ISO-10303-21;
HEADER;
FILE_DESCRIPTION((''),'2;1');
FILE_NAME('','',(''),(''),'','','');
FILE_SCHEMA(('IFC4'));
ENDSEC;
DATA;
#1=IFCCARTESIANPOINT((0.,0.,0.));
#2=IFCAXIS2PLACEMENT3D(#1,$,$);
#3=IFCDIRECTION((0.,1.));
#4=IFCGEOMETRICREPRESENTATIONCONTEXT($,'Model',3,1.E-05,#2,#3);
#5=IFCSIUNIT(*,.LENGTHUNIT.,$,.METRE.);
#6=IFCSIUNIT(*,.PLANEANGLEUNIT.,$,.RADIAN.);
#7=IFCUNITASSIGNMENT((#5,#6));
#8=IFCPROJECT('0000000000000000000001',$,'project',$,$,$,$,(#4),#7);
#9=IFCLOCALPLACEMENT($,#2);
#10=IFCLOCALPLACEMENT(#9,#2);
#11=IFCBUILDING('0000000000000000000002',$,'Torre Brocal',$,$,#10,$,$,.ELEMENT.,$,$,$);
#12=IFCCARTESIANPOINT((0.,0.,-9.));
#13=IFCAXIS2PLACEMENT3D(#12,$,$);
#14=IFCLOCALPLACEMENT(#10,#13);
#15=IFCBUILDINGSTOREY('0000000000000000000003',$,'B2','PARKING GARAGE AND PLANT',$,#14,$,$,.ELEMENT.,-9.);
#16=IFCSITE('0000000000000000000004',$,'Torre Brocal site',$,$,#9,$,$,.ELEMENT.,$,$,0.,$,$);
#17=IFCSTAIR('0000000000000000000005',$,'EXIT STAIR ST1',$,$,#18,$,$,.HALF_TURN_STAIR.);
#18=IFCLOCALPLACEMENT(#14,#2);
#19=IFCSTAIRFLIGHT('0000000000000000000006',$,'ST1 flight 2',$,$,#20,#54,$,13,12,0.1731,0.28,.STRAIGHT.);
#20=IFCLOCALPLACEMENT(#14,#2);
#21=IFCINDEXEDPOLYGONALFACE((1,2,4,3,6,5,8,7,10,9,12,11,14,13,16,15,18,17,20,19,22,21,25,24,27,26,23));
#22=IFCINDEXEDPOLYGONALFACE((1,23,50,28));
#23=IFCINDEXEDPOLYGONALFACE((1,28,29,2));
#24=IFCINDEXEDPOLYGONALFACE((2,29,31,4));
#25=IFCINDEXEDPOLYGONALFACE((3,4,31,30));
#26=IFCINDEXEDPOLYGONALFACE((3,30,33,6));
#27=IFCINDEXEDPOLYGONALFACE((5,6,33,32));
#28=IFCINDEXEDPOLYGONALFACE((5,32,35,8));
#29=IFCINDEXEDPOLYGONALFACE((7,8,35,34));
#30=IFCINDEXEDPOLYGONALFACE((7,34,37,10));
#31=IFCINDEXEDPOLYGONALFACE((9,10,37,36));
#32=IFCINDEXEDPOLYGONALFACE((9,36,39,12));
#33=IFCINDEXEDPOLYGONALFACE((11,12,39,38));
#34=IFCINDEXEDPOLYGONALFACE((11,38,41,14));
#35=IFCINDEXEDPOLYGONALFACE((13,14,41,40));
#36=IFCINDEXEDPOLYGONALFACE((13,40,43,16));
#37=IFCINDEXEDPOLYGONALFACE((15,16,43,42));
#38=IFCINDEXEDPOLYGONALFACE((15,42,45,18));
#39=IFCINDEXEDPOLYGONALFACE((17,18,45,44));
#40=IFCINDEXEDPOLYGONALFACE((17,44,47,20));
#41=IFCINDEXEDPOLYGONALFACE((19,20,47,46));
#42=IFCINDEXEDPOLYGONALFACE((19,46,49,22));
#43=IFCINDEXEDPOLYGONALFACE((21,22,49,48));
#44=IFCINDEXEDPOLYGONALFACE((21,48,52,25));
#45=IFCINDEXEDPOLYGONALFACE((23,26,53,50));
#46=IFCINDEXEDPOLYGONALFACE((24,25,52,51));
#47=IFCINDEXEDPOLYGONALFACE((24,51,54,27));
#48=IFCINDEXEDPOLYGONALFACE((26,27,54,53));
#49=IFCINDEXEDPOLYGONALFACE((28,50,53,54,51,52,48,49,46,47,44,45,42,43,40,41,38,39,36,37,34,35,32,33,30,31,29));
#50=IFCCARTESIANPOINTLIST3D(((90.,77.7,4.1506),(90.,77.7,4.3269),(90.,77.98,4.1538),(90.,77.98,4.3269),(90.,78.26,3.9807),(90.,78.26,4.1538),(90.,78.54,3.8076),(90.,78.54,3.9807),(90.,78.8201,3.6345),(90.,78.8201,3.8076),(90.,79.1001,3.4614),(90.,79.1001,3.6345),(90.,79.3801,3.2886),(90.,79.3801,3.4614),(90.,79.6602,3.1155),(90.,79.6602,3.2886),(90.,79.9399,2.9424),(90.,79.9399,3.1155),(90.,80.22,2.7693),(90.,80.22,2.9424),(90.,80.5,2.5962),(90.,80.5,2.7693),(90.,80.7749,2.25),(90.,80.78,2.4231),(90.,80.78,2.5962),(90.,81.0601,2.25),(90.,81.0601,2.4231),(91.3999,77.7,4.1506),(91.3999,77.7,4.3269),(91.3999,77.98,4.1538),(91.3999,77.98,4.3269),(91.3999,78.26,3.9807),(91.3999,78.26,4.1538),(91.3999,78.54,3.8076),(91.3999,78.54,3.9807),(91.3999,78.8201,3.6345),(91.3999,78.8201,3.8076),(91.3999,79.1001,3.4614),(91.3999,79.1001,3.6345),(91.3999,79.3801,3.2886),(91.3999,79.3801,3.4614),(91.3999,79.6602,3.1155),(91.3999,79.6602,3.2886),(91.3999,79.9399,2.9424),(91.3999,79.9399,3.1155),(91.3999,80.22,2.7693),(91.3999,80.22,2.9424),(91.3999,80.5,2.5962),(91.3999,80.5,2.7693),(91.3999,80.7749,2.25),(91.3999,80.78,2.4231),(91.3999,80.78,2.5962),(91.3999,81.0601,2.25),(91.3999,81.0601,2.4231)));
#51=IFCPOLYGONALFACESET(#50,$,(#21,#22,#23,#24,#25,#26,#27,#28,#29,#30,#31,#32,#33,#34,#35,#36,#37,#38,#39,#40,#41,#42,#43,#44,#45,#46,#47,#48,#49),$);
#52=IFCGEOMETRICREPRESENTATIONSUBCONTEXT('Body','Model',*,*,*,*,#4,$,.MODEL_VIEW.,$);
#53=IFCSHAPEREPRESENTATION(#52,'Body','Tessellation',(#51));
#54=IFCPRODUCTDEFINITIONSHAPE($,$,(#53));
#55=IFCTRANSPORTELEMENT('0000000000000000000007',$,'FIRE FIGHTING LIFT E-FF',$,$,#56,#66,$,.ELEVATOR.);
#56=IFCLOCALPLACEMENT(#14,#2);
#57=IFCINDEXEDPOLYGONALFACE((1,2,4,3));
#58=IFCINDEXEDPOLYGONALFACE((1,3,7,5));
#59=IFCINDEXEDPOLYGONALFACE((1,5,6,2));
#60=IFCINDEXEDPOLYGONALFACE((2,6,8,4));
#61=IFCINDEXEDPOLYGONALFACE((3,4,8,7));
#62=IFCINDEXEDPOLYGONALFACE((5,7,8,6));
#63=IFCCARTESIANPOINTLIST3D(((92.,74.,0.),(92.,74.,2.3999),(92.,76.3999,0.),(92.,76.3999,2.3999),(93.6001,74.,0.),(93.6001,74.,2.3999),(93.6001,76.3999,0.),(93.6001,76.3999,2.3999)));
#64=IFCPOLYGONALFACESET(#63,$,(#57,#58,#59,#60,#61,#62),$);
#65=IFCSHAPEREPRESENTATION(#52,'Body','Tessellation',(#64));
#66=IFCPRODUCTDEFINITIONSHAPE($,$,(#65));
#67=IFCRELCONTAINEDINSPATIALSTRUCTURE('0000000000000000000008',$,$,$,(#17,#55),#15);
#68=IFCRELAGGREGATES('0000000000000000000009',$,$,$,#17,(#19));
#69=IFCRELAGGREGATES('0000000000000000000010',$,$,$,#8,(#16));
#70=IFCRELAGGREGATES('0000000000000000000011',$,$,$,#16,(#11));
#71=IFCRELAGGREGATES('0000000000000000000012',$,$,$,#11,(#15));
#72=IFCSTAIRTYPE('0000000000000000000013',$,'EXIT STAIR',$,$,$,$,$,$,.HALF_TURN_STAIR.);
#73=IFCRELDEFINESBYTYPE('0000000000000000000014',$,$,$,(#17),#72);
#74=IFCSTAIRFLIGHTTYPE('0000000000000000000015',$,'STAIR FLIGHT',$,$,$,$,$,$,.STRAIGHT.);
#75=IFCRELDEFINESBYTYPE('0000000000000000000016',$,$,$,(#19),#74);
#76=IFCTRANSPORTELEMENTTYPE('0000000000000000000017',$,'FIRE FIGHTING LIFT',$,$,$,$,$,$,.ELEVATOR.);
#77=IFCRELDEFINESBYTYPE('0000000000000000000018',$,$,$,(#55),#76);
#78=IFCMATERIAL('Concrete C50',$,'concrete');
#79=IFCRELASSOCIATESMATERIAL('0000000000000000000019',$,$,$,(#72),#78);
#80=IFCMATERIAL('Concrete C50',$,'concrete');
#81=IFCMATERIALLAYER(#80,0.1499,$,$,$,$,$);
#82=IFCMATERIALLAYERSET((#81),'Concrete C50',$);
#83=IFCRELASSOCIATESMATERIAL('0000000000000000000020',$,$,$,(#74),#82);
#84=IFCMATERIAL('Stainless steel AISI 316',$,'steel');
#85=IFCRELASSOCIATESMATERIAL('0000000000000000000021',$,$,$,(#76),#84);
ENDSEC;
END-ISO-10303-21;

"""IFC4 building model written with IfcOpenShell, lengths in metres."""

from ifc_helpers import new_model, si_unit, direction, frame, origin, origin_2d, place, context, subcontext, project, spatial, polyline, rectangle, outline, extrude, material, layer, layer_set, type_object, element, aggregate, save


model = new_model("IFC4")

# Units and contexts
model_context = context("Model", 3, precision=1e-05, world=origin(), true_north=direction((0.0, 1.0)))
body_context = subcontext(model_context, "Body", "Model", "MODEL_VIEW")
ifc_project = project(units=[si_unit("LENGTHUNIT", "METRE"), si_unit("PLANEANGLEUNIT", "RADIAN")], contexts=[model_context])

# Site, building, storey
site_placement = place(None, origin())
site = spatial("IfcSite", under=ifc_project, at=site_placement, Name="Torre Brocal site", CompositionType="ELEMENT", RefElevation=0.0)
building_placement = place(site_placement, origin())
building = spatial("IfcBuilding", under=site, at=building_placement, Name="Torre Brocal", CompositionType="ELEMENT")
storey_placement = place(building_placement, frame((0.0, 0.0, -9.0)))
storey = spatial("IfcBuildingStorey", under=building, at=storey_placement, Name="B2", Description="PARKING GARAGE AND PLANT", CompositionType="ELEMENT", Elevation=-9.0)

# Stair, stair flight
ifc_material_1 = material(Name="Concrete C50", Category="concrete")
stair_type = type_object("IfcStairType", Name="EXIT STAIR", PredefinedType="HALF_TURN_STAIR", material=ifc_material_1)
stair_placement = place(storey_placement, origin())
stair = element("IfcStair", 1, at=stair_placement, inside=storey, type_object=stair_type, Name="EXIT STAIR ST1", PredefinedType="HALF_TURN_STAIR")
ifc_material_2 = material(Name="Concrete C50", Category="concrete")
ifc_layer_1 = layer(ifc_material_2, 0.1499)
ifc_layer_set_1 = layer_set([ifc_layer_1], Name="Concrete C50")
stair_flight_type = type_object("IfcStairFlightType", Name="STAIR FLIGHT", PredefinedType="STRAIGHT", material=ifc_layer_set_1)
stair_flight_1_placement = place(storey_placement, frame((90.7, 81.0601, 2.25), z_axis=(0.0, 0.0, 1.0), x_axis=(0.0, -1.0, 0.0)))
stair_flight_1 = element("IfcStairFlight", 2, at=stair_flight_1_placement, type_object=stair_flight_type, Name="ST1 flight 2", NumberOfRisers=13, NumberOfTreads=12, PredefinedType="STRAIGHT", RiserHeight=0.1731, TreadLength=0.28, context=body_context, shape_type="SweptSolid", body=[
    extrude(outline(polyline([(0.0, 0.0), (0.0, 0.1731), (0.28, 0.1731), (0.28, 0.3462), (0.5601, 0.3462), (0.5601, 0.5193), (0.8401, 0.5193), (0.8401, 0.6924), (1.1201, 0.6924), (1.1201, 0.8655), (1.3999, 0.8655), (1.3999, 1.0386), (1.6799, 1.0386), (1.6799, 1.2114), (1.96, 1.2114), (1.96, 1.3845), (2.24, 1.3845), (2.24, 1.5576), (2.52, 1.5576), (2.52, 1.7307), (2.8, 1.7307), (2.8, 1.9038), (3.0801, 1.9038), (3.0801, 2.0769), (3.3601, 2.0769), (3.3601, 2.25), (3.3601, 1.9006), (0.2852, 0.0), (0.0, 0.0)])), frame((0.0, 0.7, 0.0), z_axis=(0.0, -1.0, 0.0), x_axis=(1.0, 0.0, 0.0)), (0.0, 0.0, 1.0), 1.3999),
])
aggregate(stair, [stair_flight_1])

# Transport element
ifc_material_3 = material(Name="Stainless steel AISI 316", Category="steel")
transport_element_type = type_object("IfcTransportElementType", Name="FIRE FIGHTING LIFT", PredefinedType="ELEVATOR", material=ifc_material_3)
transport_element_placement = place(storey_placement, frame((92.8, 75.2, 0.0), z_axis=(0.0, 0.0, 1.0), x_axis=(1.0, 0.0, 0.0)))
element("IfcTransportElement", 3, at=transport_element_placement, inside=storey, type_object=transport_element_type, Name="FIRE FIGHTING LIFT E-FF", PredefinedType="ELEVATOR", context=body_context, shape_type="SweptSolid", body=[
    extrude(rectangle(XDim=1.6001, YDim=2.3999, at=origin_2d()), origin(), (0.0, 0.0, 1.0), 2.3999),
])

save(model, "model.ifc")
